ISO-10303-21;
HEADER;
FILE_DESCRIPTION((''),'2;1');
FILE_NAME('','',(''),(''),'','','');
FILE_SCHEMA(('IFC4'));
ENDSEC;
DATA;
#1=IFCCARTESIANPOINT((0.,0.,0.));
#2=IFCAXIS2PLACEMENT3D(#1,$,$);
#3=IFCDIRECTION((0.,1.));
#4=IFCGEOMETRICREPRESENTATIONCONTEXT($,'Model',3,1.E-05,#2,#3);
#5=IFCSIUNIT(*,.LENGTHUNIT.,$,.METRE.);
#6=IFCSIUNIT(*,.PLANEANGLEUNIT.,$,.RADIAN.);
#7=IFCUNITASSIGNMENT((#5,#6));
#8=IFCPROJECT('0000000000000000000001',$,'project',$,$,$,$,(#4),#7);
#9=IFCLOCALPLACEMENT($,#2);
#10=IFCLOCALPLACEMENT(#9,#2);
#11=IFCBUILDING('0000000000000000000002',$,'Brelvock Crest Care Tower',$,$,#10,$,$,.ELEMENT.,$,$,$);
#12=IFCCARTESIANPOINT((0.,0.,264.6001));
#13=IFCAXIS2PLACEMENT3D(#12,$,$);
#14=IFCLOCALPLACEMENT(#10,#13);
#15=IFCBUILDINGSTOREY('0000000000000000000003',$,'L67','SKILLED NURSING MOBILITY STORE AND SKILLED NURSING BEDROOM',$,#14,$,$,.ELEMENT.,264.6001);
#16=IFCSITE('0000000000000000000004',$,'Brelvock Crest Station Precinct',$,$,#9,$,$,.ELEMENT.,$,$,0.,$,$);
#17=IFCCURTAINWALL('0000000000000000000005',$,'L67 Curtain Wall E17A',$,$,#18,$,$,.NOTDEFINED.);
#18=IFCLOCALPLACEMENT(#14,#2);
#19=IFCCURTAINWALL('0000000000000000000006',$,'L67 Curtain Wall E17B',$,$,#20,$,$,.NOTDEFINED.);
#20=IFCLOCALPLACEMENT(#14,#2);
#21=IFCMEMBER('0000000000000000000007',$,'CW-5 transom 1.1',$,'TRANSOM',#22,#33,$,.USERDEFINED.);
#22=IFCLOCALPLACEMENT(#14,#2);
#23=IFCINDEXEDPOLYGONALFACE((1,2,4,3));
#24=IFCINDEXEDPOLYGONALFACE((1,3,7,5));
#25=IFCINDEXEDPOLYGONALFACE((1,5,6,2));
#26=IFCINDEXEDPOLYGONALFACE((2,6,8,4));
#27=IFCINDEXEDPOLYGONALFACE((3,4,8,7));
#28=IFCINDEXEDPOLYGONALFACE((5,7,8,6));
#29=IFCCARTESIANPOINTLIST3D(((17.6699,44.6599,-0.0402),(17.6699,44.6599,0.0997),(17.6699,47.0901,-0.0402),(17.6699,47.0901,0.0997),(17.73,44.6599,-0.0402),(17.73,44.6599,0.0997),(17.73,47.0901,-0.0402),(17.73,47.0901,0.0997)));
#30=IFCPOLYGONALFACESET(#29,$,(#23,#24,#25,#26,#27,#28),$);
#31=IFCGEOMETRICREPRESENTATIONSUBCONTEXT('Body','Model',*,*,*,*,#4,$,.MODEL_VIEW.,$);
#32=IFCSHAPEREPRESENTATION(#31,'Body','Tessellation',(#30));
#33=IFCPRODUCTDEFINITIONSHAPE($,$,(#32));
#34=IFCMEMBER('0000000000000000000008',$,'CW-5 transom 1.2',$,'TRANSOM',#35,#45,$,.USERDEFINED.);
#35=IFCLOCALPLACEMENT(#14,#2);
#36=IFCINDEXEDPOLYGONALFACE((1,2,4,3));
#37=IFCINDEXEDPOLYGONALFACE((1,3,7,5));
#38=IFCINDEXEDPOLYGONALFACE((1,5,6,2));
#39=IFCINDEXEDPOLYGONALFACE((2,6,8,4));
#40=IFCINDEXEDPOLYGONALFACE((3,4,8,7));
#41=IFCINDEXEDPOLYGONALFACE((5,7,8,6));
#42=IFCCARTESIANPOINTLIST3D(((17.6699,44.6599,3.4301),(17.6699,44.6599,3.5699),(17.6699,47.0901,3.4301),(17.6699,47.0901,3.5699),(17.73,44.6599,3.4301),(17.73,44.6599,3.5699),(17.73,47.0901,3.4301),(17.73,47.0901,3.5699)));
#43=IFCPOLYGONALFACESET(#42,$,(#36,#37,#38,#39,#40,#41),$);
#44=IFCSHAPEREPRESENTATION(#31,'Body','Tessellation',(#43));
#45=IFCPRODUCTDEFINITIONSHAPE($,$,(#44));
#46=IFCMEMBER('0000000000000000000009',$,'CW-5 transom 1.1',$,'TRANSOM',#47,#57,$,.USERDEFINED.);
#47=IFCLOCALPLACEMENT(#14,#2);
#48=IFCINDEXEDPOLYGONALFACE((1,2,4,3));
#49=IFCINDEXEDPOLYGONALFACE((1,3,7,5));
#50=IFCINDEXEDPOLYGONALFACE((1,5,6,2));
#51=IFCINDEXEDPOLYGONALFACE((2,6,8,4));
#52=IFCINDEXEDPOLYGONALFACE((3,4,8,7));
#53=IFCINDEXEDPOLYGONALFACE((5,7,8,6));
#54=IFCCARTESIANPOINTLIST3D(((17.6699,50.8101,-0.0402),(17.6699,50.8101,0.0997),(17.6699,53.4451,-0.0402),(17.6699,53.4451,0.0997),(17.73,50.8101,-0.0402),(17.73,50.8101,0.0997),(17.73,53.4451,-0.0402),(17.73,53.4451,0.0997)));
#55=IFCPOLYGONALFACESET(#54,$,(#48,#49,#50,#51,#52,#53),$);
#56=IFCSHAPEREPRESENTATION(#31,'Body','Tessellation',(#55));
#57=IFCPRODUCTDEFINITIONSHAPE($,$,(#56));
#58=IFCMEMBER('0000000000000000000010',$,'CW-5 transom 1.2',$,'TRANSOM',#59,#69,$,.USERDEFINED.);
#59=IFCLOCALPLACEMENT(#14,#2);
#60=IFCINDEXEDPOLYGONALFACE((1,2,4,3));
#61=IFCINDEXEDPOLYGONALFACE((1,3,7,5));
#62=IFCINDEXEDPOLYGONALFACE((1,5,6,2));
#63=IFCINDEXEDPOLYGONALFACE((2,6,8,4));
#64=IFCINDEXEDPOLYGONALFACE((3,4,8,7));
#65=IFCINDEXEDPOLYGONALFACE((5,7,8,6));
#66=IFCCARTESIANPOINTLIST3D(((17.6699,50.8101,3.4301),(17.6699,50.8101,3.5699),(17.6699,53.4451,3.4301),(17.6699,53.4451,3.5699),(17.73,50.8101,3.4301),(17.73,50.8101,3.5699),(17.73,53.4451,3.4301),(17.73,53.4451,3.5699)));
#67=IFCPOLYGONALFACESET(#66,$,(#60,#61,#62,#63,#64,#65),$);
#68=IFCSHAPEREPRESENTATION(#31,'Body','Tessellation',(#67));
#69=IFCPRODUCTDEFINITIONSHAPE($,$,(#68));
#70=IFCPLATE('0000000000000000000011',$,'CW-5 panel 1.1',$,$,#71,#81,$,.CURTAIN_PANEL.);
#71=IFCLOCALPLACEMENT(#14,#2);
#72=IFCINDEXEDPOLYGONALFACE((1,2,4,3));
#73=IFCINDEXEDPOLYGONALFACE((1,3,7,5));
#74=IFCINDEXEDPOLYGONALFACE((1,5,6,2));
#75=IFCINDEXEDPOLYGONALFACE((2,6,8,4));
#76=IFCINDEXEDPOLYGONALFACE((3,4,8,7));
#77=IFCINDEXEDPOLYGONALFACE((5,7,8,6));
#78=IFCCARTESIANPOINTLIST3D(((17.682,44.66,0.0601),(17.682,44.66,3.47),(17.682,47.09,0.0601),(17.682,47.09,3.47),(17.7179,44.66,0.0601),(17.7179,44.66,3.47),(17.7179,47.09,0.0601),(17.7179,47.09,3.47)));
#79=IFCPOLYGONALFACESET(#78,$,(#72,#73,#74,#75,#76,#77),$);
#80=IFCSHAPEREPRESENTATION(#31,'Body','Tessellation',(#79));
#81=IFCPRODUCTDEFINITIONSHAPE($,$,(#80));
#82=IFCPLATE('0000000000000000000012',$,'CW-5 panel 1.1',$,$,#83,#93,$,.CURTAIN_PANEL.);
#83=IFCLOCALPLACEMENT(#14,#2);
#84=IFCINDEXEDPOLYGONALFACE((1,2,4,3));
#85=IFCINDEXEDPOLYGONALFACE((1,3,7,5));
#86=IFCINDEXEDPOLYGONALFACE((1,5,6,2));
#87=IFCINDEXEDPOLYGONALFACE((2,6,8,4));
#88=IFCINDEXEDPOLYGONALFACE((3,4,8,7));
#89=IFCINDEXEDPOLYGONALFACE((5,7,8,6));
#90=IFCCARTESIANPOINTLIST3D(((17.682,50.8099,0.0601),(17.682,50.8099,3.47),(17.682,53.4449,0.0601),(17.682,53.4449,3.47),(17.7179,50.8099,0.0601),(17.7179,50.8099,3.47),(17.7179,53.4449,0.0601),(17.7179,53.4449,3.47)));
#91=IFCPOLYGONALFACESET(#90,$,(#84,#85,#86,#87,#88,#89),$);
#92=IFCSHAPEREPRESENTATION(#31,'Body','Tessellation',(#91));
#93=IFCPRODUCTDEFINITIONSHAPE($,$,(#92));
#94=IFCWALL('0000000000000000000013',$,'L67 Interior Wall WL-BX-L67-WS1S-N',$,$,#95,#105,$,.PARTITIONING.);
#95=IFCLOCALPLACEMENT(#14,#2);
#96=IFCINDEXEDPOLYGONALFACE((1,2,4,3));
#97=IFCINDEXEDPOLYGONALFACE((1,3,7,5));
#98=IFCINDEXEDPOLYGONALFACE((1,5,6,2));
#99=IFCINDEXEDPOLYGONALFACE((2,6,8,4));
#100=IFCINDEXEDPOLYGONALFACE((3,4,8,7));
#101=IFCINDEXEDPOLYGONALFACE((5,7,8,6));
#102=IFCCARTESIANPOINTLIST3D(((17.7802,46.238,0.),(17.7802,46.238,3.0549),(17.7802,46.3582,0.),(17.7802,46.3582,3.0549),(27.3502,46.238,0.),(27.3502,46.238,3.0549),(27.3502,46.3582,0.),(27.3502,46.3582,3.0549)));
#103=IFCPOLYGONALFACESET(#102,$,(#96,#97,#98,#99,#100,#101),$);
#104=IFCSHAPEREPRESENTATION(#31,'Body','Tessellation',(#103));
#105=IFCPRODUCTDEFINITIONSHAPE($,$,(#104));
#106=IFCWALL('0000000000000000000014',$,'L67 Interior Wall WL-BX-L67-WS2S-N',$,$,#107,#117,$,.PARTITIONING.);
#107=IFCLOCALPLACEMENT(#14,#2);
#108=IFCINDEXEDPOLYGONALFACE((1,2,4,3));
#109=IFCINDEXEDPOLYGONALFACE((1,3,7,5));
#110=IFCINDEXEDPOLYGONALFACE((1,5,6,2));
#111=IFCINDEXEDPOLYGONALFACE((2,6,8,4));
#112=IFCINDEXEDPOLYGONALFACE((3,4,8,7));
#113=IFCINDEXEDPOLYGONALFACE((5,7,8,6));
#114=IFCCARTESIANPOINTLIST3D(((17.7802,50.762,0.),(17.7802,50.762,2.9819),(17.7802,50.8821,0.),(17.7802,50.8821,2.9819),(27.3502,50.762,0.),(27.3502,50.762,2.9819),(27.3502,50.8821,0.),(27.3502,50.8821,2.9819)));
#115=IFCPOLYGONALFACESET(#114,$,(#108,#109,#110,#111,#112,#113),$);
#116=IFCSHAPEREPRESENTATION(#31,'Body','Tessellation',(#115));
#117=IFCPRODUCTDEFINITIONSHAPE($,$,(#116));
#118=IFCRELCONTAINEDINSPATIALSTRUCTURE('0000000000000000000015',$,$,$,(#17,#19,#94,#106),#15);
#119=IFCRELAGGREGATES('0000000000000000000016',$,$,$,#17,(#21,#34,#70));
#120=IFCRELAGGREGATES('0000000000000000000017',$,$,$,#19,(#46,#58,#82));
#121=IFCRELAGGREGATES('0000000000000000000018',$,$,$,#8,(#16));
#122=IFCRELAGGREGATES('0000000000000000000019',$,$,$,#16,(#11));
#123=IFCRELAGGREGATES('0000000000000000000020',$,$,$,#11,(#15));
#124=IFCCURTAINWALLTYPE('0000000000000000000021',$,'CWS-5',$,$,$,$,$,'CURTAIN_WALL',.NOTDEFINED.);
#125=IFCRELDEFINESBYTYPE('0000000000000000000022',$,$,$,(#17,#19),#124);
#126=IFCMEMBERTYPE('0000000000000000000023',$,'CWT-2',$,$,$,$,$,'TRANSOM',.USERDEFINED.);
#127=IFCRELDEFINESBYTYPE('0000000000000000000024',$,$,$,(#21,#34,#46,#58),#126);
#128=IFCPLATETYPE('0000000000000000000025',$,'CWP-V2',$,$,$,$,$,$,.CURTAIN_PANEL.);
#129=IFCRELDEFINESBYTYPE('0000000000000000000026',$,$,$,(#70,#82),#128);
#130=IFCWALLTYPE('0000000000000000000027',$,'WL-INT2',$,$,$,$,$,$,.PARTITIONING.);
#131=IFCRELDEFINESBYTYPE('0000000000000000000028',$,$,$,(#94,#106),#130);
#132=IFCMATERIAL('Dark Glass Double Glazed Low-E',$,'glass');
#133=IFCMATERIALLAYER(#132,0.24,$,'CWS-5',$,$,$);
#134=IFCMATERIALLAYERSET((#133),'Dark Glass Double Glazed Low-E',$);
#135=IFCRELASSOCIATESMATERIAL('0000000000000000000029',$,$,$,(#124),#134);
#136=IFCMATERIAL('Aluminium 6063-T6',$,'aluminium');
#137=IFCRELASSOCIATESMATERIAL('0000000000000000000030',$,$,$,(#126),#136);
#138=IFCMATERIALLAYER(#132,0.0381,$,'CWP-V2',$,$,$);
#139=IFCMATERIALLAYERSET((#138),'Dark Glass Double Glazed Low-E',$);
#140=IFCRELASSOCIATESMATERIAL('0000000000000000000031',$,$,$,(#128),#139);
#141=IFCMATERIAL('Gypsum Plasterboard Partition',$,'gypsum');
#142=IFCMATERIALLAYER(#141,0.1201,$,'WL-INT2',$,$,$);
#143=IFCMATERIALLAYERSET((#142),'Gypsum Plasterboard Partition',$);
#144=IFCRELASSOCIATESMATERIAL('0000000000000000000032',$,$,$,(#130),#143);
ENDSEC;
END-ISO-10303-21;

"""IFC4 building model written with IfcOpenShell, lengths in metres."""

from ifc_helpers import new_model, si_unit, direction, frame, frame_2d, origin, origin_2d, place, context, subcontext, project, spatial, rectangle, extrude, source, transform, mapped, material, layer, layer_set, material_profile, profile_set, type_object, element, aggregate, save


model = new_model("IFC4")

# Units and contexts
model_context = context("Model", 3, precision=1e-05, world=origin(), true_north=direction((0.0, 1.0)))
body_context = subcontext(model_context, "Body", "Model", "MODEL_VIEW")
ifc_project = project(units=[si_unit("LENGTHUNIT", "METRE"), si_unit("PLANEANGLEUNIT", "RADIAN")], contexts=[model_context])

# Site, building, storey
site_placement = place(None, origin())
site = spatial("IfcSite", under=ifc_project, at=site_placement, Name="Brelvock Crest Station Precinct", CompositionType="ELEMENT", RefElevation=0.0)
building_placement = place(site_placement, origin())
building = spatial("IfcBuilding", under=site, at=building_placement, Name="Brelvock Crest Care Tower", CompositionType="ELEMENT")
storey_placement = place(building_placement, frame((0.0, 0.0, 264.6001)))
storey = spatial("IfcBuildingStorey", under=building, at=storey_placement, Name="L67", Description="SKILLED NURSING MOBILITY STORE AND SKILLED NURSING BEDROOM", CompositionType="ELEMENT", Elevation=264.6001)

# Curtain wall
ifc_material_1 = material(Name="Dark Glass Double Glazed Low-E", Category="glass")
ifc_layer_1 = layer(ifc_material_1, 0.24, Name="CWS-5")
ifc_layer_set_1 = layer_set([ifc_layer_1], Name="Dark Glass Double Glazed Low-E")
curtain_wall_type = type_object("IfcCurtainWallType", Name="CWS-5", ElementType="CURTAIN_WALL", PredefinedType="NOTDEFINED", material=ifc_layer_set_1)
curtain_wall_1_placement = place(storey_placement, origin())
curtain_wall_1 = element("IfcCurtainWall", 1, at=curtain_wall_1_placement, inside=storey, type_object=curtain_wall_type, Name="L67 Curtain Wall E17A", PredefinedType="NOTDEFINED")
ifc_material_2 = material(Name="Aluminium 6063-T6", Category="aluminium")

# Curtain wall
curtain_wall_2_placement = place(storey_placement, origin())
curtain_wall_2 = element("IfcCurtainWall", 2, at=curtain_wall_2_placement, inside=storey, type_object=curtain_wall_type, Name="L67 Curtain Wall E17B", PredefinedType="NOTDEFINED")

# Members
ifc_material_profile_1 = material_profile(ifc_material_2, rectangle(XDim=0.0601, YDim=0.1399, at=origin_2d()), Name="ALU60x140")
ifc_profile_set_1 = profile_set([ifc_material_profile_1], Name="Aluminium 6063-T6")
member_type_1 = type_object("IfcMemberType", Name="CWT-2", ElementType="TRANSOM", PredefinedType="USERDEFINED", material=ifc_profile_set_1)
shared_shape_1 = source(origin(), body_context, "Body", "SweptSolid", [
    extrude(rectangle(XDim=0.0601, YDim=0.1399, at=origin_2d()), origin(), (0.0, 0.0, 1.0), 2.4302),
])
member_1_placement = place(storey_placement, frame((17.7, 44.6599, 0.0298), z_axis=(0.0, 1.0, 0.0), x_axis=(-1.0, 0.0, 0.0)))
member_1 = element("IfcMember", 3, at=member_1_placement, type_object=member_type_1, Name="CW-5 transom 1.1", ObjectType="TRANSOM", PredefinedType="USERDEFINED", context=body_context, shape_type="MappedRepresentation", body=[
    mapped(shared_shape_1, transform((0.0, 0.0, 0.0), x_axis=(1.0, 0.0, 0.0), y_axis=(0.0, 1.0, 0.0), z_axis=(0.0, 0.0, 1.0), scale=1.0)),
])
member_2_placement = place(storey_placement, frame((17.7, 44.6599, 3.5), z_axis=(0.0, 1.0, 0.0), x_axis=(-1.0, 0.0, 0.0)))
member_2 = element("IfcMember", 4, at=member_2_placement, type_object=member_type_1, Name="CW-5 transom 1.2", ObjectType="TRANSOM", PredefinedType="USERDEFINED", context=body_context, shape_type="MappedRepresentation", body=[
    mapped(shared_shape_1, transform((0.0, 0.0, 0.0), x_axis=(1.0, 0.0, 0.0), y_axis=(0.0, 1.0, 0.0), z_axis=(0.0, 0.0, 1.0), scale=1.0)),
])
shared_shape_2 = source(origin(), body_context, "Body", "SweptSolid", [
    extrude(rectangle(XDim=0.0601, YDim=0.1399, at=origin_2d()), origin(), (0.0, 0.0, 1.0), 2.635),
])
member_3_placement = place(storey_placement, frame((17.7, 50.8101, 0.0298), z_axis=(0.0, 1.0, 0.0), x_axis=(-1.0, 0.0, 0.0)))
member_3 = element("IfcMember", 5, at=member_3_placement, type_object=member_type_1, Name="CW-5 transom 1.1", ObjectType="TRANSOM", PredefinedType="USERDEFINED", context=body_context, shape_type="MappedRepresentation", body=[
    mapped(shared_shape_2, transform((0.0, 0.0, 0.0), x_axis=(1.0, 0.0, 0.0), y_axis=(0.0, 1.0, 0.0), z_axis=(0.0, 0.0, 1.0), scale=1.0)),
])
member_4_placement = place(storey_placement, frame((17.7, 50.8101, 3.5), z_axis=(0.0, 1.0, 0.0), x_axis=(-1.0, 0.0, 0.0)))
member_4 = element("IfcMember", 6, at=member_4_placement, type_object=member_type_1, Name="CW-5 transom 1.2", ObjectType="TRANSOM", PredefinedType="USERDEFINED", context=body_context, shape_type="MappedRepresentation", body=[
    mapped(shared_shape_2, transform((0.0, 0.0, 0.0), x_axis=(1.0, 0.0, 0.0), y_axis=(0.0, 1.0, 0.0), z_axis=(0.0, 0.0, 1.0), scale=1.0)),
])

# Plates
ifc_layer_2 = layer(ifc_material_1, 0.0381, Name="CWP-V2")
ifc_layer_set_2 = layer_set([ifc_layer_2], Name="Dark Glass Double Glazed Low-E")
plate_type = type_object("IfcPlateType", Name="CWP-V2", PredefinedType="CURTAIN_PANEL", material=ifc_layer_set_2)
shared_shape_3 = source(origin(), body_context, "Body", "SweptSolid", [
    extrude(rectangle(XDim=2.4299, YDim=0.0359, at=origin_2d()), origin(), (0.0, 0.0, 1.0), 3.4099),
])
plate_1_placement = place(storey_placement, frame((17.7, 45.875, 0.0601), z_axis=(0.0, 0.0, 1.0), x_axis=(0.0, 1.0, 0.0)))
plate_1 = element("IfcPlate", 7, at=plate_1_placement, type_object=plate_type, Name="CW-5 panel 1.1", PredefinedType="CURTAIN_PANEL", context=body_context, shape_type="MappedRepresentation", body=[
    mapped(shared_shape_3, transform((0.0, 0.0, 0.0), x_axis=(1.0, 0.0, 0.0), y_axis=(0.0, 1.0, 0.0), z_axis=(0.0, 0.0, 1.0), scale=1.0)),
])
aggregate(curtain_wall_1, [member_1, member_2, plate_1])
shared_shape_4 = source(origin(), body_context, "Body", "SweptSolid", [
    extrude(rectangle(XDim=2.635, YDim=0.0359, at=origin_2d()), origin(), (0.0, 0.0, 1.0), 3.4099),
])
plate_2_placement = place(storey_placement, frame((17.7, 52.1274, 0.0601), z_axis=(0.0, 0.0, 1.0), x_axis=(0.0, 1.0, 0.0)))
plate_2 = element("IfcPlate", 8, at=plate_2_placement, type_object=plate_type, Name="CW-5 panel 1.1", PredefinedType="CURTAIN_PANEL", context=body_context, shape_type="MappedRepresentation", body=[
    mapped(shared_shape_4, transform((0.0, 0.0, 0.0), x_axis=(1.0, 0.0, 0.0), y_axis=(0.0, 1.0, 0.0), z_axis=(0.0, 0.0, 1.0), scale=1.0)),
])
aggregate(curtain_wall_2, [member_3, member_4, plate_2])

# Walls
ifc_material_3 = material(Name="Gypsum Plasterboard Partition", Category="gypsum")
ifc_layer_3 = layer(ifc_material_3, 0.1201, Name="WL-INT2")
ifc_layer_set_3 = layer_set([ifc_layer_3], Name="Gypsum Plasterboard Partition")
wall_type_1 = type_object("IfcWallType", Name="WL-INT2", PredefinedType="PARTITIONING", material=ifc_layer_set_3)
wall_1_placement = place(storey_placement, frame((17.78, 46.2981, 0.0), z_axis=(0.0, 0.0, 1.0), x_axis=(1.0, 0.0, 0.0)))
element("IfcWall", 9, at=wall_1_placement, inside=storey, type_object=wall_type_1, Name="L67 Interior Wall WL-BX-L67-WS1S-N", PredefinedType="PARTITIONING", context=body_context, shape_type="SweptSolid", body=[
    extrude(rectangle(XDim=9.5701, YDim=0.1201, at=frame_2d((4.7852, 0.0))), origin(), (0.0, 0.0, 1.0), 3.0549),
])
wall_2_placement = place(storey_placement, frame((17.78, 50.822, 0.0), z_axis=(0.0, 0.0, 1.0), x_axis=(1.0, 0.0, 0.0)))
element("IfcWall", 10, at=wall_2_placement, inside=storey, type_object=wall_type_1, Name="L67 Interior Wall WL-BX-L67-WS2S-N", PredefinedType="PARTITIONING", context=body_context, shape_type="SweptSolid", body=[
    extrude(rectangle(XDim=9.5701, YDim=0.1201, at=frame_2d((4.7852, 0.0))), origin(), (0.0, 0.0, 1.0), 2.9819),
])

save(model, "model.ifc")
